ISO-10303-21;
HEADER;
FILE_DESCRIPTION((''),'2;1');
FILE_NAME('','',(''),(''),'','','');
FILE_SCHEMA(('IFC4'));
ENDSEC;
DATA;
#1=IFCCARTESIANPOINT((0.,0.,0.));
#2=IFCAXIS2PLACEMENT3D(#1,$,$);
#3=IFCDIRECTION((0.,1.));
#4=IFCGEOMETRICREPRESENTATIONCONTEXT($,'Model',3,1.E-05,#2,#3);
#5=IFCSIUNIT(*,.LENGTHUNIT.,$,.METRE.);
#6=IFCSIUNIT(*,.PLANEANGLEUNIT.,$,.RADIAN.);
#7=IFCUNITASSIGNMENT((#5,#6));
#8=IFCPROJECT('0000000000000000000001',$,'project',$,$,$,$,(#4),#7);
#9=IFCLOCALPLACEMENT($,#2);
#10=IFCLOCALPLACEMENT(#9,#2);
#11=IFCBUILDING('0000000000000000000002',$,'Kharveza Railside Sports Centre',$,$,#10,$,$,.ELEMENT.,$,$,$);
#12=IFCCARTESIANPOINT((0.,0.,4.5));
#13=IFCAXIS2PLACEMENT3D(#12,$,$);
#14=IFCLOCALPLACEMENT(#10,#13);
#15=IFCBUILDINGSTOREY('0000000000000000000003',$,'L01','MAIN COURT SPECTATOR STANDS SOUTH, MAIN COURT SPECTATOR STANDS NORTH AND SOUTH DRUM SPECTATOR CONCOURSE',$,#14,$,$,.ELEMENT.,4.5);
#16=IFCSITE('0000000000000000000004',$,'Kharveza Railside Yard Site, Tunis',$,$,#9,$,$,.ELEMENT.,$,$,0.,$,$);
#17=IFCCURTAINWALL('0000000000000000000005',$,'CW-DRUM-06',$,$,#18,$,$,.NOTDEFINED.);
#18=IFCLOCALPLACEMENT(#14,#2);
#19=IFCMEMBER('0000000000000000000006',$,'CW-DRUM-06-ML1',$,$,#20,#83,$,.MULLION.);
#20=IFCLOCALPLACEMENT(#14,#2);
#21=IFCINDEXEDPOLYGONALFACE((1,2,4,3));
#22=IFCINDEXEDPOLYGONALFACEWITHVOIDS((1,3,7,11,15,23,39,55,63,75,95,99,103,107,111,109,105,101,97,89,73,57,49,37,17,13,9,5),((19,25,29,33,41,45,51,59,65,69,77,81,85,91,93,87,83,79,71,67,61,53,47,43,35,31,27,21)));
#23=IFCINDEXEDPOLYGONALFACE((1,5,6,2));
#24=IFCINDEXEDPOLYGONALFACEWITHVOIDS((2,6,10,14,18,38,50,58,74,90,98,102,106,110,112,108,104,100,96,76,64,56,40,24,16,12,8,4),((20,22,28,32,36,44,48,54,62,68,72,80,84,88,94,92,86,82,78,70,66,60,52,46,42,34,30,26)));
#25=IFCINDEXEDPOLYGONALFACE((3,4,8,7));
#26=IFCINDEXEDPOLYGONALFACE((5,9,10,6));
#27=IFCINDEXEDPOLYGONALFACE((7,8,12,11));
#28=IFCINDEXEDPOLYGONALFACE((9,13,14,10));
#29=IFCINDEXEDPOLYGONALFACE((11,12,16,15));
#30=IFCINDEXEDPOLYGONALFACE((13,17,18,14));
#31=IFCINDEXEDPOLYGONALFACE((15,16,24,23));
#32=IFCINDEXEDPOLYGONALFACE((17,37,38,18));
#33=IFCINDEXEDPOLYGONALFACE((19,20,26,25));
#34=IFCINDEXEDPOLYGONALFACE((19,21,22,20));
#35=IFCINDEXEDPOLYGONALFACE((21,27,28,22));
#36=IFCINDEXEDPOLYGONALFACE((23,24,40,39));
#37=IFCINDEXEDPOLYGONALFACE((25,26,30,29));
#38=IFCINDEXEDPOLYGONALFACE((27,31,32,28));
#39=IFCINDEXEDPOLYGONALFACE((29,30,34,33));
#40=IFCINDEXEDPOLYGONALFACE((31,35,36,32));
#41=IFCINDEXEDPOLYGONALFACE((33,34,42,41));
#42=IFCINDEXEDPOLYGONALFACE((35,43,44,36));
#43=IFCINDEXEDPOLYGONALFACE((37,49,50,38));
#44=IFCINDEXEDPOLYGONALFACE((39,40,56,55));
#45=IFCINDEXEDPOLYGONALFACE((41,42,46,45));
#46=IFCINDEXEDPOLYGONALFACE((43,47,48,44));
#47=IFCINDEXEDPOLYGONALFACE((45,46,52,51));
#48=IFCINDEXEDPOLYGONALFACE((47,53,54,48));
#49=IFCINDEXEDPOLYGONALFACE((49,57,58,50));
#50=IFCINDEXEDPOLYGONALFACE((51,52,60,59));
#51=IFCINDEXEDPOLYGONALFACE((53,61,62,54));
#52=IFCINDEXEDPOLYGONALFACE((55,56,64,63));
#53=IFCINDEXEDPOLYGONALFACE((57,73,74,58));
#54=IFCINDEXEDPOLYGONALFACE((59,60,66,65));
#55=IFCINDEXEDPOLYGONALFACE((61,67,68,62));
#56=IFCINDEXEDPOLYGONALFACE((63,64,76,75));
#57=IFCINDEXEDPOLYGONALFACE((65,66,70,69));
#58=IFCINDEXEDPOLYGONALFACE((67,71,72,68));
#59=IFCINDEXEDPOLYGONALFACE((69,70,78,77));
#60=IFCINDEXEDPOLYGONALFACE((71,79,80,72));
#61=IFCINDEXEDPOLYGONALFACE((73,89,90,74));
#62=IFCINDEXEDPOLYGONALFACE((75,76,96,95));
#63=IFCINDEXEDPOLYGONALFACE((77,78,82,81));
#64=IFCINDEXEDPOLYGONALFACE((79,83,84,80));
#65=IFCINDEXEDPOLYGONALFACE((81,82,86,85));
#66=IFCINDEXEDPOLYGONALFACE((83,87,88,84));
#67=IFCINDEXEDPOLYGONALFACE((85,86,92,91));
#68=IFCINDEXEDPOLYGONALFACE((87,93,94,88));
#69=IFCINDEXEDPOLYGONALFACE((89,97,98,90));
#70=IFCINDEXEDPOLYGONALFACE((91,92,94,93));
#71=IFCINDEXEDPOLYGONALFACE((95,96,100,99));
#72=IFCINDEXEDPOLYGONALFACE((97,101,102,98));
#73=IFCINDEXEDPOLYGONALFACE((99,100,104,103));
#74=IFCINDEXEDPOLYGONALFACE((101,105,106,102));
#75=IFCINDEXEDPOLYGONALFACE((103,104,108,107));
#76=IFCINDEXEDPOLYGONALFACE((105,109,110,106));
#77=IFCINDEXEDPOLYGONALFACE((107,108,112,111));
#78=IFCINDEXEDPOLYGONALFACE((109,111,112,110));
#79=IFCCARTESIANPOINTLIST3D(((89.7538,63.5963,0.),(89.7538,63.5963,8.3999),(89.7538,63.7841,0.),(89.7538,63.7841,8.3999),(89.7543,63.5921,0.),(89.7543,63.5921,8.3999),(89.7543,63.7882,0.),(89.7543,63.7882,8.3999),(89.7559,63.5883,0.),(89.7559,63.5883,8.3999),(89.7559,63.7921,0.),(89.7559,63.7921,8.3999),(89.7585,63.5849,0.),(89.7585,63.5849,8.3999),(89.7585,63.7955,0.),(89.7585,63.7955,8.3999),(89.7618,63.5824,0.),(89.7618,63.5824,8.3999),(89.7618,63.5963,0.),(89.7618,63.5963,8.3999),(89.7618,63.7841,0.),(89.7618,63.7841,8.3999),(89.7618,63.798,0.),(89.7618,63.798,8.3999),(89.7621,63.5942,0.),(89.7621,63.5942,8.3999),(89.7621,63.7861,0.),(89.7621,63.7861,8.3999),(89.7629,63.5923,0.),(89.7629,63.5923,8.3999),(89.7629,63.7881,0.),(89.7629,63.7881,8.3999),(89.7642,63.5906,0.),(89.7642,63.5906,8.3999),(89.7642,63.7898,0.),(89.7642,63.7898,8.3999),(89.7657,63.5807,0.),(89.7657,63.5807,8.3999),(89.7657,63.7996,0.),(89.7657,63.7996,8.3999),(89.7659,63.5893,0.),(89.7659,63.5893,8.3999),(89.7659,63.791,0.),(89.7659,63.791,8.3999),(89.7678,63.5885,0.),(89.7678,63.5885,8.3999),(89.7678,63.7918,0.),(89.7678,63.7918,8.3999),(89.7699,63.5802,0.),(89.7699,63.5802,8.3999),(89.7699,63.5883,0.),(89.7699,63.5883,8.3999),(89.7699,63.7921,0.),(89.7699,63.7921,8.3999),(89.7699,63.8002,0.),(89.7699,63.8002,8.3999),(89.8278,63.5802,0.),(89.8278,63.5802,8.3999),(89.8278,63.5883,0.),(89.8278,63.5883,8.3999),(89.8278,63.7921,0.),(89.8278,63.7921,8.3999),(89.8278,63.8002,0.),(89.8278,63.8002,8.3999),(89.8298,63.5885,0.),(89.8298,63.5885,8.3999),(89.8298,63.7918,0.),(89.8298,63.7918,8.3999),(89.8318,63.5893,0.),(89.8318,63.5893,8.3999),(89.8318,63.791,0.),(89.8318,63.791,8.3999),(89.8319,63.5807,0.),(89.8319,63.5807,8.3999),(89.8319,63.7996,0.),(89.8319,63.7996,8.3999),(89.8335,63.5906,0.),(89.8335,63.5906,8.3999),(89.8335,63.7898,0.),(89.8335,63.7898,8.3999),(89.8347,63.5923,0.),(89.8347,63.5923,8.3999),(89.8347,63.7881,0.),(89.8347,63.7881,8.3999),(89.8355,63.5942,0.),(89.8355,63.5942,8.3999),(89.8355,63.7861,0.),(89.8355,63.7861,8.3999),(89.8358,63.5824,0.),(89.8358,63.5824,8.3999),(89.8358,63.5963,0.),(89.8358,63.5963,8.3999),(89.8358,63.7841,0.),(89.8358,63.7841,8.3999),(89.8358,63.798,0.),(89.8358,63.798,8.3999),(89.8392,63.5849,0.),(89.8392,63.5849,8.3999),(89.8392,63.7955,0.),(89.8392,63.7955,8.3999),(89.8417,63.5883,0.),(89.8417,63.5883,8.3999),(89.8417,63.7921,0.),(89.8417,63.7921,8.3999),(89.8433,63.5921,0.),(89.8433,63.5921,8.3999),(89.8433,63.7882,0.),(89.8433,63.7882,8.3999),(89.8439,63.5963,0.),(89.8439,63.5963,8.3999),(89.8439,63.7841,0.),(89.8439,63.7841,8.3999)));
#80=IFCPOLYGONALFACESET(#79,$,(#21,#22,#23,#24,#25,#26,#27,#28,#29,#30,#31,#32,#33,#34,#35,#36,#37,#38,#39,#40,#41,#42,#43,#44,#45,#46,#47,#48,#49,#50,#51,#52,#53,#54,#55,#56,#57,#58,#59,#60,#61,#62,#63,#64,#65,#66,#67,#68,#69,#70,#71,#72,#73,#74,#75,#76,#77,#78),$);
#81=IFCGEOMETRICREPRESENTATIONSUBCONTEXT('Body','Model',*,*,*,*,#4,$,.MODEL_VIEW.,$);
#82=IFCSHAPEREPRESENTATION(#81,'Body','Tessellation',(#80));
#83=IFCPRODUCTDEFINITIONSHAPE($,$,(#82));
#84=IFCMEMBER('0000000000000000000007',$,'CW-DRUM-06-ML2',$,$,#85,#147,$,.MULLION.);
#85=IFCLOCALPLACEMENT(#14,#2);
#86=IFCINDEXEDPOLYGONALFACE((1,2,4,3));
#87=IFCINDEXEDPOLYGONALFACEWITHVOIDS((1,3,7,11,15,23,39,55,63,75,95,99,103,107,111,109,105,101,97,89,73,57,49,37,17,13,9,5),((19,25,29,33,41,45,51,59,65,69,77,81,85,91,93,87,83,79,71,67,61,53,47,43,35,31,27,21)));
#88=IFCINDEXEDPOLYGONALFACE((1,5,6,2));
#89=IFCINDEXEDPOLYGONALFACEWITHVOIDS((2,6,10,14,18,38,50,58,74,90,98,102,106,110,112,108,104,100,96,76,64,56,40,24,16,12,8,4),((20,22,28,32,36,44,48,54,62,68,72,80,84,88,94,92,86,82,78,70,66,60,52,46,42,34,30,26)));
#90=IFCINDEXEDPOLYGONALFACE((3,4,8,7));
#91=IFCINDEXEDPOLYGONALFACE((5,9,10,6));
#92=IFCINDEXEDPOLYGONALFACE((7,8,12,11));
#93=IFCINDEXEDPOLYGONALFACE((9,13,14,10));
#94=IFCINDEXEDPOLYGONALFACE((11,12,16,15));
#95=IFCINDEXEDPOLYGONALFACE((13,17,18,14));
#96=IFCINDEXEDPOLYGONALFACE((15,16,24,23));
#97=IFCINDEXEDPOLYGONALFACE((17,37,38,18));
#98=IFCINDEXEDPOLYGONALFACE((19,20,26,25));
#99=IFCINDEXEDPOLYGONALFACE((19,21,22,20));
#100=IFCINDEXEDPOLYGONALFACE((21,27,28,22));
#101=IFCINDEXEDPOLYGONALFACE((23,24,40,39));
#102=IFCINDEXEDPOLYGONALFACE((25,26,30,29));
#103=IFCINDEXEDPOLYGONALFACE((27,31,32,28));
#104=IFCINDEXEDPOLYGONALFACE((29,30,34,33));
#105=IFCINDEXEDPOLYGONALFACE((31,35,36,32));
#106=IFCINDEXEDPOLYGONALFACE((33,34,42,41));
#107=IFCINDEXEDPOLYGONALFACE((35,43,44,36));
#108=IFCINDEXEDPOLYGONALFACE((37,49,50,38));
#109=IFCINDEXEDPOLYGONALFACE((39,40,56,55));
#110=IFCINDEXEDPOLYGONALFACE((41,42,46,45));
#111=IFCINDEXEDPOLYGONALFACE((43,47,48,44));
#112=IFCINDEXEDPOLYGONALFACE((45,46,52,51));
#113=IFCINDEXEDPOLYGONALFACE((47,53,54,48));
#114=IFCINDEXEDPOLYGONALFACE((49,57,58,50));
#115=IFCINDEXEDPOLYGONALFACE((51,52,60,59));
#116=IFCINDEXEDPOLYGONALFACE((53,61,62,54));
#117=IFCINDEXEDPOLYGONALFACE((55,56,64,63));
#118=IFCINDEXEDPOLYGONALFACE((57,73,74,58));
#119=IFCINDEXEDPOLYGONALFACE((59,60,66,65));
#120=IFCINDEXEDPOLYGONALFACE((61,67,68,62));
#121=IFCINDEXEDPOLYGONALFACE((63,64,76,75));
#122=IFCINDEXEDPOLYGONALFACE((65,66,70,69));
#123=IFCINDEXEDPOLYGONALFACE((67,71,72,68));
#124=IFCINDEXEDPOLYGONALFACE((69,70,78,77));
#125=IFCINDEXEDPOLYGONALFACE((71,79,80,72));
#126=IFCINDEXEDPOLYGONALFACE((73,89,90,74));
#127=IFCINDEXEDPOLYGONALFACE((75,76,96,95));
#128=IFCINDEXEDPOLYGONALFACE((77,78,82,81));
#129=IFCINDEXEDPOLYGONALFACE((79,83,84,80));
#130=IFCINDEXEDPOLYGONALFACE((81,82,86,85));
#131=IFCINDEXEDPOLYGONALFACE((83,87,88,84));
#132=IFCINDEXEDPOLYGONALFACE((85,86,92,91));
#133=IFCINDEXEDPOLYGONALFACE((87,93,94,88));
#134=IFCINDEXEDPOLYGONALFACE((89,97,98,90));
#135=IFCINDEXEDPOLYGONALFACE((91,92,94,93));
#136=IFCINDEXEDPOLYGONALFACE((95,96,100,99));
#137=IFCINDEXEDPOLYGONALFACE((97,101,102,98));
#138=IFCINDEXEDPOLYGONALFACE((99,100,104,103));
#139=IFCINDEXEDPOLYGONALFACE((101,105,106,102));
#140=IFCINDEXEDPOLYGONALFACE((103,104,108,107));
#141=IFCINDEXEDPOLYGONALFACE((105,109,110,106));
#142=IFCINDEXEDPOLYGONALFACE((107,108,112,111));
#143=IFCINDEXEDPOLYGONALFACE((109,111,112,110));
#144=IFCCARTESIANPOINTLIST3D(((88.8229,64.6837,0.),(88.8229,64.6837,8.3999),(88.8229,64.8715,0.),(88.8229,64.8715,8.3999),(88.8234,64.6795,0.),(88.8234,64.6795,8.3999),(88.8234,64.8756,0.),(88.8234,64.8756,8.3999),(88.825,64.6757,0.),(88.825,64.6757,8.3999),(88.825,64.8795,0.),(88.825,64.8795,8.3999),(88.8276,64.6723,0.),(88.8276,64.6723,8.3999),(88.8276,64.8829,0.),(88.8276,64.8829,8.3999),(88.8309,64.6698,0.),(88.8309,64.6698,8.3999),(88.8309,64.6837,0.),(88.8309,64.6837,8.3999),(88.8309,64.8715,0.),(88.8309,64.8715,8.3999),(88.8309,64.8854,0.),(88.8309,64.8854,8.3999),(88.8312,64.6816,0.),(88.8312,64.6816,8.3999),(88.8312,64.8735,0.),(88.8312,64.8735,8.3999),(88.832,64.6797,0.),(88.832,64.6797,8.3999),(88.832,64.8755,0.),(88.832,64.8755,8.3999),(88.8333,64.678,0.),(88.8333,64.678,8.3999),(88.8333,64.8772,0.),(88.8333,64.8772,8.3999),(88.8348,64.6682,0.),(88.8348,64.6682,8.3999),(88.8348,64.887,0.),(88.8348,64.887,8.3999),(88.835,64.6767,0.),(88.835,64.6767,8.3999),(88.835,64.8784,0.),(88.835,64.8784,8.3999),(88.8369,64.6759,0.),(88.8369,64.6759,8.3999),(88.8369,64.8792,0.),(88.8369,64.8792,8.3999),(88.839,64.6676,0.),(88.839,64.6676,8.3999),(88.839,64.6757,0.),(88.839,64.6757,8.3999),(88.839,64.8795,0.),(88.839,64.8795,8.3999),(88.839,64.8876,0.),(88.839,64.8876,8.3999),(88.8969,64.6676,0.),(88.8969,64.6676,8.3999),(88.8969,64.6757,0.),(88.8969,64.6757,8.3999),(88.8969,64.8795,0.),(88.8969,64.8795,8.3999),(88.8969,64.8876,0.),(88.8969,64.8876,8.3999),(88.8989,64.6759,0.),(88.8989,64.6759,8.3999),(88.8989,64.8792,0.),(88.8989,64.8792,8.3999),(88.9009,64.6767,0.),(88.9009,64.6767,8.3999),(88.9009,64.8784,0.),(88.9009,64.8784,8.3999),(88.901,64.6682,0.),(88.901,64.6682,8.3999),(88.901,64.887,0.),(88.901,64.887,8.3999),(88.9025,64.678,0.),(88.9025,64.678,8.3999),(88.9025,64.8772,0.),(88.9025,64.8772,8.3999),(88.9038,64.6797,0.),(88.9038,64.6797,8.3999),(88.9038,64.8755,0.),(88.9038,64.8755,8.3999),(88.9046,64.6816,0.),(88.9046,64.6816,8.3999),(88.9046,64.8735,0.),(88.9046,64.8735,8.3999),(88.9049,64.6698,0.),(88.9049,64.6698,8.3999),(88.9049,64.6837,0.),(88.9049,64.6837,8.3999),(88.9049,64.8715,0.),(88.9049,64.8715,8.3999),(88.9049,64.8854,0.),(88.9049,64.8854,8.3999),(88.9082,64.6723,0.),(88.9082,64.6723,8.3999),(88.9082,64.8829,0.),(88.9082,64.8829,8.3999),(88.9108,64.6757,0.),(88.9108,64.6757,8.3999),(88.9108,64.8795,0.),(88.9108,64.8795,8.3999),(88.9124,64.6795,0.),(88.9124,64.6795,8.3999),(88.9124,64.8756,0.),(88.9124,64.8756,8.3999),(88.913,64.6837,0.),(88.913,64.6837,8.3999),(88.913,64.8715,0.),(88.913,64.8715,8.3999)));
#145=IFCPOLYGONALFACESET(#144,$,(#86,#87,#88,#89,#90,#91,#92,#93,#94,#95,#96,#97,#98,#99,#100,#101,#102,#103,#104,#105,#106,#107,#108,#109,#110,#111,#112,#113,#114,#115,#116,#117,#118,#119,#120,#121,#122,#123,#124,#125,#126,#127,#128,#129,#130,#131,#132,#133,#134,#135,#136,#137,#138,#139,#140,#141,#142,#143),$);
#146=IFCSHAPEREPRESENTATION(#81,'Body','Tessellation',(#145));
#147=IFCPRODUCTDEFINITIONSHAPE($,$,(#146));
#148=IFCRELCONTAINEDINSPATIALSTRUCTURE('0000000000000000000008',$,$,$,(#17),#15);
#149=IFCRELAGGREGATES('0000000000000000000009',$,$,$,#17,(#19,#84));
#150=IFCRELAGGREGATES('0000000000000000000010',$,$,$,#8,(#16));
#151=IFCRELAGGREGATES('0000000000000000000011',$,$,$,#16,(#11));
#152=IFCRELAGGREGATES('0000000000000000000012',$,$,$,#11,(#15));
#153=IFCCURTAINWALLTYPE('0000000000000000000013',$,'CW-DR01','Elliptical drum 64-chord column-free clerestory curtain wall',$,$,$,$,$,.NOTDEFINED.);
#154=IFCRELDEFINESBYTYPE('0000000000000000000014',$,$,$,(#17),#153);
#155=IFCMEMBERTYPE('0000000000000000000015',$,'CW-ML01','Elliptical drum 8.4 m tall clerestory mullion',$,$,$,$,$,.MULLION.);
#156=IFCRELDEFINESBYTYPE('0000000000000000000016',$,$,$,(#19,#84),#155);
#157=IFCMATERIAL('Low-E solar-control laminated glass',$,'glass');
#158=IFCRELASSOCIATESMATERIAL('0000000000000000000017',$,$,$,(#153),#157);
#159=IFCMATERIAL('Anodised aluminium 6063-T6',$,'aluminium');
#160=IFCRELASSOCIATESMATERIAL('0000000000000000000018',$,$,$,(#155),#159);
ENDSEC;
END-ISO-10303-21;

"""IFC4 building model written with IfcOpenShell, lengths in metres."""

from ifc_helpers import new_model, si_unit, direction, frame, origin, origin_2d, place, context, subcontext, project, spatial, hollow_rectangle, extrude, material, material_profile, profile_set, type_object, element, aggregate, save


model = new_model("IFC4")

# Units and contexts
model_context = context("Model", 3, precision=1e-05, world=origin(), true_north=direction((0.0, 1.0)))
body_context = subcontext(model_context, "Body", "Model", "MODEL_VIEW")
ifc_project = project(units=[si_unit("LENGTHUNIT", "METRE"), si_unit("PLANEANGLEUNIT", "RADIAN")], contexts=[model_context])

# Site, building, storey
site_placement = place(None, origin())
site = spatial("IfcSite", under=ifc_project, at=site_placement, Name="Kharveza Railside Yard Site, Tunis", CompositionType="ELEMENT", RefElevation=0.0)
building_placement = place(site_placement, origin())
building = spatial("IfcBuilding", under=site, at=building_placement, Name="Kharveza Railside Sports Centre", CompositionType="ELEMENT")
storey_placement = place(building_placement, frame((0.0, 0.0, 4.5)))
storey = spatial("IfcBuildingStorey", under=building, at=storey_placement, Name="L01", Description="MAIN COURT SPECTATOR STANDS SOUTH, MAIN COURT SPECTATOR STANDS NORTH AND SOUTH DRUM SPECTATOR CONCOURSE", CompositionType="ELEMENT", Elevation=4.5)

# Curtain wall, members
ifc_material_1 = material(Name="Low-E solar-control laminated glass", Category="glass")
curtain_wall_type = type_object("IfcCurtainWallType", Name="CW-DR01", Description="Elliptical drum 64-chord column-free clerestory curtain wall", PredefinedType="NOTDEFINED", material=ifc_material_1)
ifc_material_2 = material(Name="Anodised aluminium 6063-T6", Category="aluminium")
ifc_material_profile_1 = material_profile(ifc_material_2, hollow_rectangle(XDim=0.0901, YDim=0.22, WallThickness=0.0081, InnerFilletRadius=0.0081, OuterFilletRadius=0.0161, at=origin_2d()), Name="RHS 90x220x8.0")
ifc_profile_set_1 = profile_set([ifc_material_profile_1], Name="Anodised aluminium 6063-T6")
member_type_1 = type_object("IfcMemberType", Name="CW-ML01", Description="Elliptical drum 8.4 m tall clerestory mullion", PredefinedType="MULLION", material=ifc_profile_set_1)
curtain_wall_1_placement = place(storey_placement, origin())
curtain_wall_1 = element("IfcCurtainWall", 1, at=curtain_wall_1_placement, inside=storey, type_object=curtain_wall_type, Name="CW-DRUM-06", PredefinedType="NOTDEFINED")
member_1_placement = place(storey_placement, frame((89.7988, 63.6902, 0.0), z_axis=(0.0, 0.0, 1.0), x_axis=(1.0, 0.0, 0.0)))
member_1 = element("IfcMember", 2, at=member_1_placement, type_object=member_type_1, Name="CW-DRUM-06-ML1", PredefinedType="MULLION", context=body_context, shape_type="SweptSolid", body=[
    extrude(hollow_rectangle(XDim=0.0901, YDim=0.22, WallThickness=0.0081, InnerFilletRadius=0.0081, OuterFilletRadius=0.0161, at=origin_2d()), origin(), (0.0, 0.0, 1.0), 8.3999),
])
member_2_placement = place(storey_placement, frame((88.8679, 64.7776, 0.0), z_axis=(0.0, 0.0, 1.0), x_axis=(1.0, 0.0, 0.0)))
member_2 = element("IfcMember", 3, at=member_2_placement, type_object=member_type_1, Name="CW-DRUM-06-ML2", PredefinedType="MULLION", context=body_context, shape_type="SweptSolid", body=[
    extrude(hollow_rectangle(XDim=0.0901, YDim=0.22, WallThickness=0.0081, InnerFilletRadius=0.0081, OuterFilletRadius=0.0161, at=origin_2d()), origin(), (0.0, 0.0, 1.0), 8.3999),
])

aggregate(curtain_wall_1, [member_1, member_2])

save(model, "model.ifc")
